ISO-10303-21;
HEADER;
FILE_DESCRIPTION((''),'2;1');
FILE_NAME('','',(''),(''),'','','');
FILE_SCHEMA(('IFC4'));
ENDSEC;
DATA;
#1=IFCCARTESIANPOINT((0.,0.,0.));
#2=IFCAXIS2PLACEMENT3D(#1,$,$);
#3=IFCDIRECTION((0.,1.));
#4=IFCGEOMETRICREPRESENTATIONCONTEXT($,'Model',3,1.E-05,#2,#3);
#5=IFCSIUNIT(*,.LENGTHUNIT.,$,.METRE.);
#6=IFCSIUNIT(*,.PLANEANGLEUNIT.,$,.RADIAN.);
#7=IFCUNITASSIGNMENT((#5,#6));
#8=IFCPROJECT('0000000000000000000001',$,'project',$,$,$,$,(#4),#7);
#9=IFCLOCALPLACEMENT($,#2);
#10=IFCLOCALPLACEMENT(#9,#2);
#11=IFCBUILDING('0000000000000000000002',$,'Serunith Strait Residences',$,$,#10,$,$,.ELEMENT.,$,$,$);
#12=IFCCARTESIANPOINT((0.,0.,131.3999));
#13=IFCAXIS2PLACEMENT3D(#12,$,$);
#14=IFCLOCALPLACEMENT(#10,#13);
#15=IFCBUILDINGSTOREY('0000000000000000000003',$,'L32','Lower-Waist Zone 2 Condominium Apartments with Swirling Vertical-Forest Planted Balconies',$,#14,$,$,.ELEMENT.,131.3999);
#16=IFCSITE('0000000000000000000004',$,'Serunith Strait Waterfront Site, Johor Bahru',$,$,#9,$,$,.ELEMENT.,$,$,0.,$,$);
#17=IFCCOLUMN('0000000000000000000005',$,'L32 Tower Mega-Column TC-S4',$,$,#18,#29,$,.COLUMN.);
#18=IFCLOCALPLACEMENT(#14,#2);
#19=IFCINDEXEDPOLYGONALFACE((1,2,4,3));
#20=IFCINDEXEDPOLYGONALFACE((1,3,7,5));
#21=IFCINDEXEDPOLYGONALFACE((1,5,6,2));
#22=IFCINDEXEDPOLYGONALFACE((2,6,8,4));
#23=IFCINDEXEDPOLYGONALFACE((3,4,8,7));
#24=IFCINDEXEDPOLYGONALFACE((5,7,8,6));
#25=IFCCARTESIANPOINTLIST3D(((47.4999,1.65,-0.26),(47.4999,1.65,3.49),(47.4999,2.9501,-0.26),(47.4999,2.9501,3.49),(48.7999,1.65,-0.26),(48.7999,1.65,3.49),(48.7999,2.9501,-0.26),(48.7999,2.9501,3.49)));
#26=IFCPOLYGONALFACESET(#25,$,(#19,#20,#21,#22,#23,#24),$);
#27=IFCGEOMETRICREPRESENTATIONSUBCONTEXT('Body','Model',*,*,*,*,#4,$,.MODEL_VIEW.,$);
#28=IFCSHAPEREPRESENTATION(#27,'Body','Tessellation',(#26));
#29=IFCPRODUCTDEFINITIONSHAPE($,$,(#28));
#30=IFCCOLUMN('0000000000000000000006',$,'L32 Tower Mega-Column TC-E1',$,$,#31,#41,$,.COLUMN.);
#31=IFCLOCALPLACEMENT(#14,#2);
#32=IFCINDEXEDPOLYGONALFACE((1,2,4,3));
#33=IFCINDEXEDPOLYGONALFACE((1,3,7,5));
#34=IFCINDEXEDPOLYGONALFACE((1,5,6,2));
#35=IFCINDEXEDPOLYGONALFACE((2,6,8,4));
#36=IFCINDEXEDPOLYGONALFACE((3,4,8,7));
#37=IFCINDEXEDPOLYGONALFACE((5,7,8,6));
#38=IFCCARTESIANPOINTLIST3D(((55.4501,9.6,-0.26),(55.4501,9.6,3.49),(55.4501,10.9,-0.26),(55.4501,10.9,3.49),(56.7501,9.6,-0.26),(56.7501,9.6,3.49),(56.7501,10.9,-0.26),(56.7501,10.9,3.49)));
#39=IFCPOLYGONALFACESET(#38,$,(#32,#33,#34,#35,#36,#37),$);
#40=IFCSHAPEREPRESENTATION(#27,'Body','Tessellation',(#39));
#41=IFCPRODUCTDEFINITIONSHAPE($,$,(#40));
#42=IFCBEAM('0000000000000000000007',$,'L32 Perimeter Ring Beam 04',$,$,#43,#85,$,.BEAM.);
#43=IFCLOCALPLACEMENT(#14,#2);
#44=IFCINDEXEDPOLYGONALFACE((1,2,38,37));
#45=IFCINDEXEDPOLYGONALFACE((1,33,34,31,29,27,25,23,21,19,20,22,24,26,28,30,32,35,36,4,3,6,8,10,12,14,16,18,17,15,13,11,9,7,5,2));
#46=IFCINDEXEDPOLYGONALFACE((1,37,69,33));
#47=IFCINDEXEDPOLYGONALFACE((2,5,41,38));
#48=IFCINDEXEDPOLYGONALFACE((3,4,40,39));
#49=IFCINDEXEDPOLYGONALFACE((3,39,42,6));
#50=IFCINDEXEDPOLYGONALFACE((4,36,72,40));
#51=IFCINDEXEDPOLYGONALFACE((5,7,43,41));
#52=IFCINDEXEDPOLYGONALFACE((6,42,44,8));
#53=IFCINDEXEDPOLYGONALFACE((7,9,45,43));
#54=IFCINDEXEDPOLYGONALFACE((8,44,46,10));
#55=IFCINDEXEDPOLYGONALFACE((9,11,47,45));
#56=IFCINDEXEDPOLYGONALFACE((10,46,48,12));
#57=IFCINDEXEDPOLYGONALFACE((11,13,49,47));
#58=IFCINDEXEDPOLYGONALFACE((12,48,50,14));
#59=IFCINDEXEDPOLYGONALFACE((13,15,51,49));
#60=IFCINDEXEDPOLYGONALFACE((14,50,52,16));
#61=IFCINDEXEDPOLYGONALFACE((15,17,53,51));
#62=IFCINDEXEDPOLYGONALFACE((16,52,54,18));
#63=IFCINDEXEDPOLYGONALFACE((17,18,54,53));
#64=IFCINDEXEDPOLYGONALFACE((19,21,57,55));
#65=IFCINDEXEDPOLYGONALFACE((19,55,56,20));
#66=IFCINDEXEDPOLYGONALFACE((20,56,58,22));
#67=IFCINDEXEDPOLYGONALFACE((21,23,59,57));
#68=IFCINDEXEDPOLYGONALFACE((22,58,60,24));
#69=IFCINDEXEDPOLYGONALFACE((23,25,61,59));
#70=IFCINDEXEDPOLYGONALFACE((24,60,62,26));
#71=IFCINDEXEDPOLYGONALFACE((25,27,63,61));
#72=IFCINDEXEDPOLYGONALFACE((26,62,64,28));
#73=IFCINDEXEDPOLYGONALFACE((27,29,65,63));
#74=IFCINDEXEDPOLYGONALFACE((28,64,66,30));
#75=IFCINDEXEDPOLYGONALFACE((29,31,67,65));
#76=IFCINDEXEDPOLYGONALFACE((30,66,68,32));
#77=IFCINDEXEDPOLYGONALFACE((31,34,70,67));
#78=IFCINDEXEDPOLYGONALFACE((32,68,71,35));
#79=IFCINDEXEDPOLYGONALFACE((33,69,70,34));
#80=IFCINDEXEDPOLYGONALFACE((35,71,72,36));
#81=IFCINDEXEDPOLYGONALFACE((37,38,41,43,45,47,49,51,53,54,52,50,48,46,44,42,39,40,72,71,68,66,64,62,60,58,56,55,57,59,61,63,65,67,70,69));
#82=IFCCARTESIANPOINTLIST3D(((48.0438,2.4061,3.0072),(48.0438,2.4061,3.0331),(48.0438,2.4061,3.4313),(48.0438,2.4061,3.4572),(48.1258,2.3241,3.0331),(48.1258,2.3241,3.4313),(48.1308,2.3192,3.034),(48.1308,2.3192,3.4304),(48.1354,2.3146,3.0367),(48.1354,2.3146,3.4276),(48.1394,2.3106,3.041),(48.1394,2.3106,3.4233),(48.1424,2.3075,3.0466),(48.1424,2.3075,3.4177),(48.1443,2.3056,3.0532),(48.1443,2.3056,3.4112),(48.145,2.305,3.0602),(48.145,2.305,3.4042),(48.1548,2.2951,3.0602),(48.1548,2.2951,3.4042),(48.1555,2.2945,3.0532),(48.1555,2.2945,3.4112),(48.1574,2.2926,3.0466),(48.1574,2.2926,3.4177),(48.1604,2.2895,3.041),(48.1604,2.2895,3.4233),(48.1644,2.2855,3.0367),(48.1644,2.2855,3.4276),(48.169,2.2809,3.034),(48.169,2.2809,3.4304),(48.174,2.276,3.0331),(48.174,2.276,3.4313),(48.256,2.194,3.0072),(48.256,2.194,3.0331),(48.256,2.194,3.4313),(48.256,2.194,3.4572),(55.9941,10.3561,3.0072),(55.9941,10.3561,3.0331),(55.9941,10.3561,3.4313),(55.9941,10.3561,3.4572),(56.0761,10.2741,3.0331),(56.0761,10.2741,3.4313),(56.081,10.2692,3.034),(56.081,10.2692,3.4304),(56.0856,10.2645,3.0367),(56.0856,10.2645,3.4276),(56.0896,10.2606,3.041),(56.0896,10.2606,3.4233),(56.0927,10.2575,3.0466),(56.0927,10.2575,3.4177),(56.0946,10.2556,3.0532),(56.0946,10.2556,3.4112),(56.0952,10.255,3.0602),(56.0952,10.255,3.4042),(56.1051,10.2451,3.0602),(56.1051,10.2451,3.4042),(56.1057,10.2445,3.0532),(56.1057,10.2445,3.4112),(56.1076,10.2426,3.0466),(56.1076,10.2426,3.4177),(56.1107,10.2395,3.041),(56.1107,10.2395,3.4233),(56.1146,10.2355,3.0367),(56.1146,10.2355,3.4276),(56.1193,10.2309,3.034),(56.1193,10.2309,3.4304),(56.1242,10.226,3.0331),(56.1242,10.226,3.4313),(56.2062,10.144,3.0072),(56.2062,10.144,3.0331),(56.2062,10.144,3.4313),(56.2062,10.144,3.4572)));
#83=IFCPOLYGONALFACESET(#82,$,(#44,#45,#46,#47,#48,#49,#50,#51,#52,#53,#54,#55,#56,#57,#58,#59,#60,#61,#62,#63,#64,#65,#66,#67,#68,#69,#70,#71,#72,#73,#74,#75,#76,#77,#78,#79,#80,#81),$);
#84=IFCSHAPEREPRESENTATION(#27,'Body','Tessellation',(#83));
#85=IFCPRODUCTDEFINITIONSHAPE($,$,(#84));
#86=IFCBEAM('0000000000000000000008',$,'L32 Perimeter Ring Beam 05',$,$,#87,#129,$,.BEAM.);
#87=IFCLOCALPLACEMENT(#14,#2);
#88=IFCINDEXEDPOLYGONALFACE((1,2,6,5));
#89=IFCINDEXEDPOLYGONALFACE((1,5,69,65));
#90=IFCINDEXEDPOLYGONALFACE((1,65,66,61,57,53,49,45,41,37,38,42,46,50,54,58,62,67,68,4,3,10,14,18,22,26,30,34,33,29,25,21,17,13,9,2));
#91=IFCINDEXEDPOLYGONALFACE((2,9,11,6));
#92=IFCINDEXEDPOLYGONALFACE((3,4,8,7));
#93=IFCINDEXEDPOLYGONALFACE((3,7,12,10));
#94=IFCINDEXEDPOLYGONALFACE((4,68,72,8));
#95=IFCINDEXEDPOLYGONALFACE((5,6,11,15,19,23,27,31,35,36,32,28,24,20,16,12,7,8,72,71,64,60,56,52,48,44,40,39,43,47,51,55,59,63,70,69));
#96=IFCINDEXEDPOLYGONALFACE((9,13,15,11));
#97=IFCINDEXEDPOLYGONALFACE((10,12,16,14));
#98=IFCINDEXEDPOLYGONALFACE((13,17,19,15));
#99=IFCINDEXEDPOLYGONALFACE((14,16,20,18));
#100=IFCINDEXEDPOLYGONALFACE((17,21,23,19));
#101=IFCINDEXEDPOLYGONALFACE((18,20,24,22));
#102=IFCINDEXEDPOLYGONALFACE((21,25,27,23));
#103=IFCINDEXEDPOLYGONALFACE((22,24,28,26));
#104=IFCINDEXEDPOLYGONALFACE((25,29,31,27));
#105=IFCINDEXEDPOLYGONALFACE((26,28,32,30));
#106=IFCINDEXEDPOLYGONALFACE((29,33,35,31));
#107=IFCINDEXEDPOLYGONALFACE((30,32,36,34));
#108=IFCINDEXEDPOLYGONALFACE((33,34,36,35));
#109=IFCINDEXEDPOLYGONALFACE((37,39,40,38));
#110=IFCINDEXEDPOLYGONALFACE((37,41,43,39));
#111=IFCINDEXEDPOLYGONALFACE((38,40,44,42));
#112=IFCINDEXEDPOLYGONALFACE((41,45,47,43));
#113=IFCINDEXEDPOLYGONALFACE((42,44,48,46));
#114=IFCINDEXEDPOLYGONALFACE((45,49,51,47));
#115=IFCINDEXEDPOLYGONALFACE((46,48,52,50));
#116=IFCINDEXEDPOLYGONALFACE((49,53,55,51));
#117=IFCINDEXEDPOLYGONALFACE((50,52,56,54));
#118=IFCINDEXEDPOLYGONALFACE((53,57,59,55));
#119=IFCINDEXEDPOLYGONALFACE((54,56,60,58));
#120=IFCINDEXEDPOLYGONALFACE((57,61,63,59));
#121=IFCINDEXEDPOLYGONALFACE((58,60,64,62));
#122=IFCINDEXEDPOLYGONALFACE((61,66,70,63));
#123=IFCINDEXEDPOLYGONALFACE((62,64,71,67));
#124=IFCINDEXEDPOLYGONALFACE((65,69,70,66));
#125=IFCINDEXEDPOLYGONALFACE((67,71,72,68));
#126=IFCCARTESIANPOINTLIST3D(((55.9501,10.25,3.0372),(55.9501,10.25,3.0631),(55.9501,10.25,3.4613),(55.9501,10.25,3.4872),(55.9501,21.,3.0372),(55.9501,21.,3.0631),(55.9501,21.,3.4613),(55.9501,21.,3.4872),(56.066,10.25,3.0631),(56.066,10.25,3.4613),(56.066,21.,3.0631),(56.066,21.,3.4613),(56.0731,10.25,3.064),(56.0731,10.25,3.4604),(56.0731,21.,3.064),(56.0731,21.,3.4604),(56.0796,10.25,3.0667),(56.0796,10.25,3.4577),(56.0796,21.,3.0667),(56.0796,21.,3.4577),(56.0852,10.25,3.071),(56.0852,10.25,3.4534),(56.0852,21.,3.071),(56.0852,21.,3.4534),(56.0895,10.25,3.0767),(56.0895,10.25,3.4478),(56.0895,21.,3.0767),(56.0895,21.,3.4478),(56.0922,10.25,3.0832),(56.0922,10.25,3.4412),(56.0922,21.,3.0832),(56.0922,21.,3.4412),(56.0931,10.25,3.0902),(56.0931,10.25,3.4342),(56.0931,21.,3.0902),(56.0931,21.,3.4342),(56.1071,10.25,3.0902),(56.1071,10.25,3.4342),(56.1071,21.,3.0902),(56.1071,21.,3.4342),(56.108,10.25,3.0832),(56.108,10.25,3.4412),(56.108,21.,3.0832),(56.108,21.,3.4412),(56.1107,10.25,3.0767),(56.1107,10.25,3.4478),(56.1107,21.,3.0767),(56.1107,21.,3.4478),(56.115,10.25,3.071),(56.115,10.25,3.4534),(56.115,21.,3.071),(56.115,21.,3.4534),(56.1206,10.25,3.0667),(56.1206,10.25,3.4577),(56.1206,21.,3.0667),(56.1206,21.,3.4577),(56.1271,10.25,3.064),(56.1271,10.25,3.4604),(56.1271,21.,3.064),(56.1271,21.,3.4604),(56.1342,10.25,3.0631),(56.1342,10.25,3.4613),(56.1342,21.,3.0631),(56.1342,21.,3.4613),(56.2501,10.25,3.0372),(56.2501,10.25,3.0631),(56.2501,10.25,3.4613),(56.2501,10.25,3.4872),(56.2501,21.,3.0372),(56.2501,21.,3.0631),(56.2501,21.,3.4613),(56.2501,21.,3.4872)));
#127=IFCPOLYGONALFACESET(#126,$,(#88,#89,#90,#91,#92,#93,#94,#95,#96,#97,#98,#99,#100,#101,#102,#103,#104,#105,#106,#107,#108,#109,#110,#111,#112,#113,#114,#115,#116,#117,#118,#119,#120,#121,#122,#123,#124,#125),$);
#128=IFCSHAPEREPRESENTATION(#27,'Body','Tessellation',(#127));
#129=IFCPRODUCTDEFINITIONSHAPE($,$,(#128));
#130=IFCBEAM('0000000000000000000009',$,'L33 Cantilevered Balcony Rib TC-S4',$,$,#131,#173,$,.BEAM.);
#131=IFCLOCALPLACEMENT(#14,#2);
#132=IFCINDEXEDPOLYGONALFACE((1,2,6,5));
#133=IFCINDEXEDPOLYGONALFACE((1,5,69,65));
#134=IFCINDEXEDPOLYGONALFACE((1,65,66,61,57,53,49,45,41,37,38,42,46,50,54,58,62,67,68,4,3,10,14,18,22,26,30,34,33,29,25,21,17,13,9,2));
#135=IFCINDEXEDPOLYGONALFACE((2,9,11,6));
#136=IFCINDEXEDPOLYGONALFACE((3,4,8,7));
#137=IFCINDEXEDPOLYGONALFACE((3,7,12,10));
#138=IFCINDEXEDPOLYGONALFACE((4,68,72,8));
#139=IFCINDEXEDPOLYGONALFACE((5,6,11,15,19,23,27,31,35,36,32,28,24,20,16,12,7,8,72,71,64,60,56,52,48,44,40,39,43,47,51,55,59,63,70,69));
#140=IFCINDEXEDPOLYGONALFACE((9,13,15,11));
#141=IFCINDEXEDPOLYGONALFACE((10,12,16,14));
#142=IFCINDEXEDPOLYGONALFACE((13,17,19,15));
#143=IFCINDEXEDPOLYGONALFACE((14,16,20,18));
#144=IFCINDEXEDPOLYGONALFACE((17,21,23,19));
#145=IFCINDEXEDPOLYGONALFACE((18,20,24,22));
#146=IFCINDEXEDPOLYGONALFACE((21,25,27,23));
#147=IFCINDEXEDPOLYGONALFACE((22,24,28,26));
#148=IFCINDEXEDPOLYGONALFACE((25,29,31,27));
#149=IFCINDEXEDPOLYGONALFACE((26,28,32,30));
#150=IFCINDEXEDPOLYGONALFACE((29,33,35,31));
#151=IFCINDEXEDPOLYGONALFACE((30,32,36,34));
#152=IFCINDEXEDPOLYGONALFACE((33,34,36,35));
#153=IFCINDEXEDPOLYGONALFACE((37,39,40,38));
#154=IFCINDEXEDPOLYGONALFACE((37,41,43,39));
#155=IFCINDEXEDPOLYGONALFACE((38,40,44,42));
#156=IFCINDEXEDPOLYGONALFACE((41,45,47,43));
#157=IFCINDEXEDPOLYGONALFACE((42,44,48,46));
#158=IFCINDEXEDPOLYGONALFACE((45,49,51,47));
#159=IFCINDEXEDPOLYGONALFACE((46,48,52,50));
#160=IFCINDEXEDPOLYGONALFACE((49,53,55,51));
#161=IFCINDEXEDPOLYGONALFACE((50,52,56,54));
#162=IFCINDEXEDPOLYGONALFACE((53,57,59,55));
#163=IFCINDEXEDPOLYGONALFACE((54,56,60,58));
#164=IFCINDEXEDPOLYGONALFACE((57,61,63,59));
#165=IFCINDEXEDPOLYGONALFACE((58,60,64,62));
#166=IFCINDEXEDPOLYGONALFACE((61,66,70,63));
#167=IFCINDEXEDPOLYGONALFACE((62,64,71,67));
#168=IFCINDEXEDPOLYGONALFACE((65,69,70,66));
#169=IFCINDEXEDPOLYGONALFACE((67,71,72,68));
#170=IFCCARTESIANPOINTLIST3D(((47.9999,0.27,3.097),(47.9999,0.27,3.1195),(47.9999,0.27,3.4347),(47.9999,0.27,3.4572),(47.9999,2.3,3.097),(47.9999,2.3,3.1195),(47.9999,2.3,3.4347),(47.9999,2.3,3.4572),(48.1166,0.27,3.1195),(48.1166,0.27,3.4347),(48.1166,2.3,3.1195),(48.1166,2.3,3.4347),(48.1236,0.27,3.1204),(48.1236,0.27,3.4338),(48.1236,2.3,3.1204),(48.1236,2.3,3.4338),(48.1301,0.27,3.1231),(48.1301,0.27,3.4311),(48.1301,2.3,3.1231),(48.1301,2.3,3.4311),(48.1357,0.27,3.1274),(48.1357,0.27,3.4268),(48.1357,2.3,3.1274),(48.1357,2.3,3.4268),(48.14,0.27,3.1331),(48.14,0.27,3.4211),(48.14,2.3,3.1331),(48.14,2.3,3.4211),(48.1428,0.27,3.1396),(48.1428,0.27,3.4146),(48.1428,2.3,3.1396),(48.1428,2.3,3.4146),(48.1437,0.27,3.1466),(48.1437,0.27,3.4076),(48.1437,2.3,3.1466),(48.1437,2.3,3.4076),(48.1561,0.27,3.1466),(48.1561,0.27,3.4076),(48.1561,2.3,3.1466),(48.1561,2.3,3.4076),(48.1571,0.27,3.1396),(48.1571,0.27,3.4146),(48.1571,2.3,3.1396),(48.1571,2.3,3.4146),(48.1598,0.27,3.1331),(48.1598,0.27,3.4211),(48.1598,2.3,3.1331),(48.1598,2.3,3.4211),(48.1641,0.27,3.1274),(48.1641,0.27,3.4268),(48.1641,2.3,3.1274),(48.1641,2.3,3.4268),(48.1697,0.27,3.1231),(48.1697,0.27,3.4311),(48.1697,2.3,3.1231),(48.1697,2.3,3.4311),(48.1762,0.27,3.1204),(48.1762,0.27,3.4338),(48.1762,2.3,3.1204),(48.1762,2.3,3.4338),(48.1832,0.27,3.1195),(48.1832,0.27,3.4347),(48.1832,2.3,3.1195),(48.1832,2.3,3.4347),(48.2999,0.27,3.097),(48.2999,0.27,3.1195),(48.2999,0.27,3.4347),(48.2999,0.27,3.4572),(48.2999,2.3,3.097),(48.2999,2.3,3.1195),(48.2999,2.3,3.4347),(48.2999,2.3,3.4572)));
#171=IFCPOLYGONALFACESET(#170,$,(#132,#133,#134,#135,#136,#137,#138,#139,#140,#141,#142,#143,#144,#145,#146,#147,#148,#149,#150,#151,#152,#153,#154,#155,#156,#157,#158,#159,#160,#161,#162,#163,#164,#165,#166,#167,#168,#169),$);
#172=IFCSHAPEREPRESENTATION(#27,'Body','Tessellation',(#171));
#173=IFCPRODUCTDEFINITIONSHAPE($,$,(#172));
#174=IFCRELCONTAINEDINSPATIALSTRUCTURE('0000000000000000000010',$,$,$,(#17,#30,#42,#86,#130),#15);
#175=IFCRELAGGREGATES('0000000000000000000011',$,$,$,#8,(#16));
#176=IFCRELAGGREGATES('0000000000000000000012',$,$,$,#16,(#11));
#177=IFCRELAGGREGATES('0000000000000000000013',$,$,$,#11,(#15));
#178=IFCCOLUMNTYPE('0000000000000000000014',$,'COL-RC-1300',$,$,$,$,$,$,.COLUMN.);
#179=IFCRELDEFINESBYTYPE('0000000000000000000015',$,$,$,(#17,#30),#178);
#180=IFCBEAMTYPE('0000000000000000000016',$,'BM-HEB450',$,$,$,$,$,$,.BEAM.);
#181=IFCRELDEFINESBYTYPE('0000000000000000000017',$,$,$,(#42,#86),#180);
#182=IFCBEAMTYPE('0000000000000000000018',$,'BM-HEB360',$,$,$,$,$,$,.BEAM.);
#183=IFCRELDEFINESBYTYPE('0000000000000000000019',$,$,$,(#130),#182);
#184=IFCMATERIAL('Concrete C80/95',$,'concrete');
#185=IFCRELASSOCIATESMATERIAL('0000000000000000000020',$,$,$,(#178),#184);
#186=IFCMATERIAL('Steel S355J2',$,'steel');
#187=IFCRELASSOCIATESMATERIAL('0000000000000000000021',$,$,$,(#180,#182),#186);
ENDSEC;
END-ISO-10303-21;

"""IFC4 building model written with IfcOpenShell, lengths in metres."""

from ifc_helpers import new_model, si_unit, direction, frame, origin, origin_2d, place, context, subcontext, project, spatial, rectangle, i_section, extrude, source, transform, mapped, material, material_profile, profile_set, type_object, element, save


model = new_model("IFC4")

# Units and contexts
model_context = context("Model", 3, precision=1e-05, world=origin(), true_north=direction((0.0, 1.0)))
body_context = subcontext(model_context, "Body", "Model", "MODEL_VIEW")
ifc_project = project(units=[si_unit("LENGTHUNIT", "METRE"), si_unit("PLANEANGLEUNIT", "RADIAN")], contexts=[model_context])

# Site, building, storey
site_placement = place(None, origin())
site = spatial("IfcSite", under=ifc_project, at=site_placement, Name="Serunith Strait Waterfront Site, Johor Bahru", CompositionType="ELEMENT", RefElevation=0.0)
building_placement = place(site_placement, origin())
building = spatial("IfcBuilding", under=site, at=building_placement, Name="Serunith Strait Residences", CompositionType="ELEMENT")
storey_placement = place(building_placement, frame((0.0, 0.0, 131.3999)))
storey = spatial("IfcBuildingStorey", under=building, at=storey_placement, Name="L32", Description="Lower-Waist Zone 2 Condominium Apartments with Swirling Vertical-Forest Planted Balconies", CompositionType="ELEMENT", Elevation=131.3999)

# Columns
ifc_material_1 = material(Name="Concrete C80/95", Category="concrete")
ifc_material_profile_1 = material_profile(ifc_material_1, rectangle(XDim=1.3, YDim=1.3, at=origin_2d()), Name="RC 1300x1300")
ifc_profile_set_1 = profile_set([ifc_material_profile_1], Name="Concrete C80/95")
column_type = type_object("IfcColumnType", Name="COL-RC-1300", PredefinedType="COLUMN", material=ifc_profile_set_1)
shared_shape_1 = source(origin(), body_context, "Body", "SweptSolid", [
    extrude(rectangle(XDim=1.3, YDim=1.3, at=origin_2d()), origin(), (0.0, 0.0, 1.0), 3.75),
])
for number, where, z_axis, x_axis, name in (
    (1, (48.1499, 2.3, -0.26), (0.0, 0.0, 1.0), (1.0, 0.0, 0.0), "L32 Tower Mega-Column TC-S4"),
    (2, (56.1001, 10.25, -0.26), (0.0, 0.0, 1.0), (1.0, 0.0, 0.0), "L32 Tower Mega-Column TC-E1"),
):
    element("IfcColumn", number, at=place(storey_placement, frame(where, z_axis=z_axis, x_axis=x_axis)), inside=storey, type_object=column_type, Name=name, PredefinedType="COLUMN", context=body_context, shape_type="MappedRepresentation", body=[
        mapped(shared_shape_1, transform((0.0, 0.0, 0.0), scale=1.0)),
    ])

# Beams
ifc_material_2 = material(Name="Steel S355J2", Category="steel")
ifc_material_profile_2 = material_profile(ifc_material_2, i_section(OverallWidth=0.3, OverallDepth=0.45, WebThickness=0.0139, FlangeThickness=0.0259, FilletRadius=0.0271, at=origin_2d()), Name="HEB 450")
ifc_profile_set_2 = profile_set([ifc_material_profile_2], Name="Steel S355J2")
beam_type_1 = type_object("IfcBeamType", Name="BM-HEB450", PredefinedType="BEAM", material=ifc_profile_set_2)
shared_shape_2 = source(origin(), body_context, "Body", "SweptSolid", [
    extrude(i_section(OverallWidth=0.3, OverallDepth=0.45, WebThickness=0.0139, FlangeThickness=0.0259, FilletRadius=0.0271, at=origin_2d()), origin(), (0.0, 0.0, 1.0), 11.2432),
])
beam_1_placement = place(storey_placement, frame((48.1499, 2.3, 3.2322), z_axis=(0.707118, 0.707096, 0.0), x_axis=(-0.707096, 0.707118, 0.0)))
element("IfcBeam", 3, at=beam_1_placement, inside=storey, type_object=beam_type_1, Name="L32 Perimeter Ring Beam 04", PredefinedType="BEAM", context=body_context, shape_type="MappedRepresentation", body=[
    mapped(shared_shape_2, transform((0.0, 0.0, 0.0), scale=1.0)),
])
shared_shape_3 = source(origin(), body_context, "Body", "SweptSolid", [
    extrude(i_section(OverallWidth=0.3, OverallDepth=0.45, WebThickness=0.0139, FlangeThickness=0.0259, FilletRadius=0.0271, at=origin_2d()), origin(), (0.0, 0.0, 1.0), 10.75),
])
beam_2_placement = place(storey_placement, frame((56.1001, 10.25, 3.2622), z_axis=(0.0, 1.0, 0.0), x_axis=(-1.0, 0.0, 0.0)))
element("IfcBeam", 4, at=beam_2_placement, inside=storey, type_object=beam_type_1, Name="L32 Perimeter Ring Beam 05", PredefinedType="BEAM", context=body_context, shape_type="MappedRepresentation", body=[
    mapped(shared_shape_3, transform((0.0, 0.0, 0.0), scale=1.0)),
])
ifc_material_profile_3 = material_profile(ifc_material_2, i_section(OverallWidth=0.3, OverallDepth=0.3601, WebThickness=0.0125, FlangeThickness=0.0225, FilletRadius=0.0271, at=origin_2d()), Name="HEB 360")
ifc_profile_set_3 = profile_set([ifc_material_profile_3], Name="Steel S355J2")
beam_type_2 = type_object("IfcBeamType", Name="BM-HEB360", PredefinedType="BEAM", material=ifc_profile_set_3)
shared_shape_4 = source(origin(), body_context, "Body", "SweptSolid", [
    extrude(i_section(OverallWidth=0.3, OverallDepth=0.3601, WebThickness=0.0125, FlangeThickness=0.0225, FilletRadius=0.0271, at=origin_2d()), origin(), (0.0, 0.0, 1.0), 2.03),
])
beam_3_placement = place(storey_placement, frame((48.1499, 2.3, 3.2771), z_axis=(0.0, -1.0, 0.0), x_axis=(1.0, 0.0, 0.0)))
element("IfcBeam", 5, at=beam_3_placement, inside=storey, type_object=beam_type_2, Name="L33 Cantilevered Balcony Rib TC-S4", PredefinedType="BEAM", context=body_context, shape_type="MappedRepresentation", body=[
    mapped(shared_shape_4, transform((0.0, 0.0, 0.0), scale=1.0)),
])

save(model, "model.ifc")
